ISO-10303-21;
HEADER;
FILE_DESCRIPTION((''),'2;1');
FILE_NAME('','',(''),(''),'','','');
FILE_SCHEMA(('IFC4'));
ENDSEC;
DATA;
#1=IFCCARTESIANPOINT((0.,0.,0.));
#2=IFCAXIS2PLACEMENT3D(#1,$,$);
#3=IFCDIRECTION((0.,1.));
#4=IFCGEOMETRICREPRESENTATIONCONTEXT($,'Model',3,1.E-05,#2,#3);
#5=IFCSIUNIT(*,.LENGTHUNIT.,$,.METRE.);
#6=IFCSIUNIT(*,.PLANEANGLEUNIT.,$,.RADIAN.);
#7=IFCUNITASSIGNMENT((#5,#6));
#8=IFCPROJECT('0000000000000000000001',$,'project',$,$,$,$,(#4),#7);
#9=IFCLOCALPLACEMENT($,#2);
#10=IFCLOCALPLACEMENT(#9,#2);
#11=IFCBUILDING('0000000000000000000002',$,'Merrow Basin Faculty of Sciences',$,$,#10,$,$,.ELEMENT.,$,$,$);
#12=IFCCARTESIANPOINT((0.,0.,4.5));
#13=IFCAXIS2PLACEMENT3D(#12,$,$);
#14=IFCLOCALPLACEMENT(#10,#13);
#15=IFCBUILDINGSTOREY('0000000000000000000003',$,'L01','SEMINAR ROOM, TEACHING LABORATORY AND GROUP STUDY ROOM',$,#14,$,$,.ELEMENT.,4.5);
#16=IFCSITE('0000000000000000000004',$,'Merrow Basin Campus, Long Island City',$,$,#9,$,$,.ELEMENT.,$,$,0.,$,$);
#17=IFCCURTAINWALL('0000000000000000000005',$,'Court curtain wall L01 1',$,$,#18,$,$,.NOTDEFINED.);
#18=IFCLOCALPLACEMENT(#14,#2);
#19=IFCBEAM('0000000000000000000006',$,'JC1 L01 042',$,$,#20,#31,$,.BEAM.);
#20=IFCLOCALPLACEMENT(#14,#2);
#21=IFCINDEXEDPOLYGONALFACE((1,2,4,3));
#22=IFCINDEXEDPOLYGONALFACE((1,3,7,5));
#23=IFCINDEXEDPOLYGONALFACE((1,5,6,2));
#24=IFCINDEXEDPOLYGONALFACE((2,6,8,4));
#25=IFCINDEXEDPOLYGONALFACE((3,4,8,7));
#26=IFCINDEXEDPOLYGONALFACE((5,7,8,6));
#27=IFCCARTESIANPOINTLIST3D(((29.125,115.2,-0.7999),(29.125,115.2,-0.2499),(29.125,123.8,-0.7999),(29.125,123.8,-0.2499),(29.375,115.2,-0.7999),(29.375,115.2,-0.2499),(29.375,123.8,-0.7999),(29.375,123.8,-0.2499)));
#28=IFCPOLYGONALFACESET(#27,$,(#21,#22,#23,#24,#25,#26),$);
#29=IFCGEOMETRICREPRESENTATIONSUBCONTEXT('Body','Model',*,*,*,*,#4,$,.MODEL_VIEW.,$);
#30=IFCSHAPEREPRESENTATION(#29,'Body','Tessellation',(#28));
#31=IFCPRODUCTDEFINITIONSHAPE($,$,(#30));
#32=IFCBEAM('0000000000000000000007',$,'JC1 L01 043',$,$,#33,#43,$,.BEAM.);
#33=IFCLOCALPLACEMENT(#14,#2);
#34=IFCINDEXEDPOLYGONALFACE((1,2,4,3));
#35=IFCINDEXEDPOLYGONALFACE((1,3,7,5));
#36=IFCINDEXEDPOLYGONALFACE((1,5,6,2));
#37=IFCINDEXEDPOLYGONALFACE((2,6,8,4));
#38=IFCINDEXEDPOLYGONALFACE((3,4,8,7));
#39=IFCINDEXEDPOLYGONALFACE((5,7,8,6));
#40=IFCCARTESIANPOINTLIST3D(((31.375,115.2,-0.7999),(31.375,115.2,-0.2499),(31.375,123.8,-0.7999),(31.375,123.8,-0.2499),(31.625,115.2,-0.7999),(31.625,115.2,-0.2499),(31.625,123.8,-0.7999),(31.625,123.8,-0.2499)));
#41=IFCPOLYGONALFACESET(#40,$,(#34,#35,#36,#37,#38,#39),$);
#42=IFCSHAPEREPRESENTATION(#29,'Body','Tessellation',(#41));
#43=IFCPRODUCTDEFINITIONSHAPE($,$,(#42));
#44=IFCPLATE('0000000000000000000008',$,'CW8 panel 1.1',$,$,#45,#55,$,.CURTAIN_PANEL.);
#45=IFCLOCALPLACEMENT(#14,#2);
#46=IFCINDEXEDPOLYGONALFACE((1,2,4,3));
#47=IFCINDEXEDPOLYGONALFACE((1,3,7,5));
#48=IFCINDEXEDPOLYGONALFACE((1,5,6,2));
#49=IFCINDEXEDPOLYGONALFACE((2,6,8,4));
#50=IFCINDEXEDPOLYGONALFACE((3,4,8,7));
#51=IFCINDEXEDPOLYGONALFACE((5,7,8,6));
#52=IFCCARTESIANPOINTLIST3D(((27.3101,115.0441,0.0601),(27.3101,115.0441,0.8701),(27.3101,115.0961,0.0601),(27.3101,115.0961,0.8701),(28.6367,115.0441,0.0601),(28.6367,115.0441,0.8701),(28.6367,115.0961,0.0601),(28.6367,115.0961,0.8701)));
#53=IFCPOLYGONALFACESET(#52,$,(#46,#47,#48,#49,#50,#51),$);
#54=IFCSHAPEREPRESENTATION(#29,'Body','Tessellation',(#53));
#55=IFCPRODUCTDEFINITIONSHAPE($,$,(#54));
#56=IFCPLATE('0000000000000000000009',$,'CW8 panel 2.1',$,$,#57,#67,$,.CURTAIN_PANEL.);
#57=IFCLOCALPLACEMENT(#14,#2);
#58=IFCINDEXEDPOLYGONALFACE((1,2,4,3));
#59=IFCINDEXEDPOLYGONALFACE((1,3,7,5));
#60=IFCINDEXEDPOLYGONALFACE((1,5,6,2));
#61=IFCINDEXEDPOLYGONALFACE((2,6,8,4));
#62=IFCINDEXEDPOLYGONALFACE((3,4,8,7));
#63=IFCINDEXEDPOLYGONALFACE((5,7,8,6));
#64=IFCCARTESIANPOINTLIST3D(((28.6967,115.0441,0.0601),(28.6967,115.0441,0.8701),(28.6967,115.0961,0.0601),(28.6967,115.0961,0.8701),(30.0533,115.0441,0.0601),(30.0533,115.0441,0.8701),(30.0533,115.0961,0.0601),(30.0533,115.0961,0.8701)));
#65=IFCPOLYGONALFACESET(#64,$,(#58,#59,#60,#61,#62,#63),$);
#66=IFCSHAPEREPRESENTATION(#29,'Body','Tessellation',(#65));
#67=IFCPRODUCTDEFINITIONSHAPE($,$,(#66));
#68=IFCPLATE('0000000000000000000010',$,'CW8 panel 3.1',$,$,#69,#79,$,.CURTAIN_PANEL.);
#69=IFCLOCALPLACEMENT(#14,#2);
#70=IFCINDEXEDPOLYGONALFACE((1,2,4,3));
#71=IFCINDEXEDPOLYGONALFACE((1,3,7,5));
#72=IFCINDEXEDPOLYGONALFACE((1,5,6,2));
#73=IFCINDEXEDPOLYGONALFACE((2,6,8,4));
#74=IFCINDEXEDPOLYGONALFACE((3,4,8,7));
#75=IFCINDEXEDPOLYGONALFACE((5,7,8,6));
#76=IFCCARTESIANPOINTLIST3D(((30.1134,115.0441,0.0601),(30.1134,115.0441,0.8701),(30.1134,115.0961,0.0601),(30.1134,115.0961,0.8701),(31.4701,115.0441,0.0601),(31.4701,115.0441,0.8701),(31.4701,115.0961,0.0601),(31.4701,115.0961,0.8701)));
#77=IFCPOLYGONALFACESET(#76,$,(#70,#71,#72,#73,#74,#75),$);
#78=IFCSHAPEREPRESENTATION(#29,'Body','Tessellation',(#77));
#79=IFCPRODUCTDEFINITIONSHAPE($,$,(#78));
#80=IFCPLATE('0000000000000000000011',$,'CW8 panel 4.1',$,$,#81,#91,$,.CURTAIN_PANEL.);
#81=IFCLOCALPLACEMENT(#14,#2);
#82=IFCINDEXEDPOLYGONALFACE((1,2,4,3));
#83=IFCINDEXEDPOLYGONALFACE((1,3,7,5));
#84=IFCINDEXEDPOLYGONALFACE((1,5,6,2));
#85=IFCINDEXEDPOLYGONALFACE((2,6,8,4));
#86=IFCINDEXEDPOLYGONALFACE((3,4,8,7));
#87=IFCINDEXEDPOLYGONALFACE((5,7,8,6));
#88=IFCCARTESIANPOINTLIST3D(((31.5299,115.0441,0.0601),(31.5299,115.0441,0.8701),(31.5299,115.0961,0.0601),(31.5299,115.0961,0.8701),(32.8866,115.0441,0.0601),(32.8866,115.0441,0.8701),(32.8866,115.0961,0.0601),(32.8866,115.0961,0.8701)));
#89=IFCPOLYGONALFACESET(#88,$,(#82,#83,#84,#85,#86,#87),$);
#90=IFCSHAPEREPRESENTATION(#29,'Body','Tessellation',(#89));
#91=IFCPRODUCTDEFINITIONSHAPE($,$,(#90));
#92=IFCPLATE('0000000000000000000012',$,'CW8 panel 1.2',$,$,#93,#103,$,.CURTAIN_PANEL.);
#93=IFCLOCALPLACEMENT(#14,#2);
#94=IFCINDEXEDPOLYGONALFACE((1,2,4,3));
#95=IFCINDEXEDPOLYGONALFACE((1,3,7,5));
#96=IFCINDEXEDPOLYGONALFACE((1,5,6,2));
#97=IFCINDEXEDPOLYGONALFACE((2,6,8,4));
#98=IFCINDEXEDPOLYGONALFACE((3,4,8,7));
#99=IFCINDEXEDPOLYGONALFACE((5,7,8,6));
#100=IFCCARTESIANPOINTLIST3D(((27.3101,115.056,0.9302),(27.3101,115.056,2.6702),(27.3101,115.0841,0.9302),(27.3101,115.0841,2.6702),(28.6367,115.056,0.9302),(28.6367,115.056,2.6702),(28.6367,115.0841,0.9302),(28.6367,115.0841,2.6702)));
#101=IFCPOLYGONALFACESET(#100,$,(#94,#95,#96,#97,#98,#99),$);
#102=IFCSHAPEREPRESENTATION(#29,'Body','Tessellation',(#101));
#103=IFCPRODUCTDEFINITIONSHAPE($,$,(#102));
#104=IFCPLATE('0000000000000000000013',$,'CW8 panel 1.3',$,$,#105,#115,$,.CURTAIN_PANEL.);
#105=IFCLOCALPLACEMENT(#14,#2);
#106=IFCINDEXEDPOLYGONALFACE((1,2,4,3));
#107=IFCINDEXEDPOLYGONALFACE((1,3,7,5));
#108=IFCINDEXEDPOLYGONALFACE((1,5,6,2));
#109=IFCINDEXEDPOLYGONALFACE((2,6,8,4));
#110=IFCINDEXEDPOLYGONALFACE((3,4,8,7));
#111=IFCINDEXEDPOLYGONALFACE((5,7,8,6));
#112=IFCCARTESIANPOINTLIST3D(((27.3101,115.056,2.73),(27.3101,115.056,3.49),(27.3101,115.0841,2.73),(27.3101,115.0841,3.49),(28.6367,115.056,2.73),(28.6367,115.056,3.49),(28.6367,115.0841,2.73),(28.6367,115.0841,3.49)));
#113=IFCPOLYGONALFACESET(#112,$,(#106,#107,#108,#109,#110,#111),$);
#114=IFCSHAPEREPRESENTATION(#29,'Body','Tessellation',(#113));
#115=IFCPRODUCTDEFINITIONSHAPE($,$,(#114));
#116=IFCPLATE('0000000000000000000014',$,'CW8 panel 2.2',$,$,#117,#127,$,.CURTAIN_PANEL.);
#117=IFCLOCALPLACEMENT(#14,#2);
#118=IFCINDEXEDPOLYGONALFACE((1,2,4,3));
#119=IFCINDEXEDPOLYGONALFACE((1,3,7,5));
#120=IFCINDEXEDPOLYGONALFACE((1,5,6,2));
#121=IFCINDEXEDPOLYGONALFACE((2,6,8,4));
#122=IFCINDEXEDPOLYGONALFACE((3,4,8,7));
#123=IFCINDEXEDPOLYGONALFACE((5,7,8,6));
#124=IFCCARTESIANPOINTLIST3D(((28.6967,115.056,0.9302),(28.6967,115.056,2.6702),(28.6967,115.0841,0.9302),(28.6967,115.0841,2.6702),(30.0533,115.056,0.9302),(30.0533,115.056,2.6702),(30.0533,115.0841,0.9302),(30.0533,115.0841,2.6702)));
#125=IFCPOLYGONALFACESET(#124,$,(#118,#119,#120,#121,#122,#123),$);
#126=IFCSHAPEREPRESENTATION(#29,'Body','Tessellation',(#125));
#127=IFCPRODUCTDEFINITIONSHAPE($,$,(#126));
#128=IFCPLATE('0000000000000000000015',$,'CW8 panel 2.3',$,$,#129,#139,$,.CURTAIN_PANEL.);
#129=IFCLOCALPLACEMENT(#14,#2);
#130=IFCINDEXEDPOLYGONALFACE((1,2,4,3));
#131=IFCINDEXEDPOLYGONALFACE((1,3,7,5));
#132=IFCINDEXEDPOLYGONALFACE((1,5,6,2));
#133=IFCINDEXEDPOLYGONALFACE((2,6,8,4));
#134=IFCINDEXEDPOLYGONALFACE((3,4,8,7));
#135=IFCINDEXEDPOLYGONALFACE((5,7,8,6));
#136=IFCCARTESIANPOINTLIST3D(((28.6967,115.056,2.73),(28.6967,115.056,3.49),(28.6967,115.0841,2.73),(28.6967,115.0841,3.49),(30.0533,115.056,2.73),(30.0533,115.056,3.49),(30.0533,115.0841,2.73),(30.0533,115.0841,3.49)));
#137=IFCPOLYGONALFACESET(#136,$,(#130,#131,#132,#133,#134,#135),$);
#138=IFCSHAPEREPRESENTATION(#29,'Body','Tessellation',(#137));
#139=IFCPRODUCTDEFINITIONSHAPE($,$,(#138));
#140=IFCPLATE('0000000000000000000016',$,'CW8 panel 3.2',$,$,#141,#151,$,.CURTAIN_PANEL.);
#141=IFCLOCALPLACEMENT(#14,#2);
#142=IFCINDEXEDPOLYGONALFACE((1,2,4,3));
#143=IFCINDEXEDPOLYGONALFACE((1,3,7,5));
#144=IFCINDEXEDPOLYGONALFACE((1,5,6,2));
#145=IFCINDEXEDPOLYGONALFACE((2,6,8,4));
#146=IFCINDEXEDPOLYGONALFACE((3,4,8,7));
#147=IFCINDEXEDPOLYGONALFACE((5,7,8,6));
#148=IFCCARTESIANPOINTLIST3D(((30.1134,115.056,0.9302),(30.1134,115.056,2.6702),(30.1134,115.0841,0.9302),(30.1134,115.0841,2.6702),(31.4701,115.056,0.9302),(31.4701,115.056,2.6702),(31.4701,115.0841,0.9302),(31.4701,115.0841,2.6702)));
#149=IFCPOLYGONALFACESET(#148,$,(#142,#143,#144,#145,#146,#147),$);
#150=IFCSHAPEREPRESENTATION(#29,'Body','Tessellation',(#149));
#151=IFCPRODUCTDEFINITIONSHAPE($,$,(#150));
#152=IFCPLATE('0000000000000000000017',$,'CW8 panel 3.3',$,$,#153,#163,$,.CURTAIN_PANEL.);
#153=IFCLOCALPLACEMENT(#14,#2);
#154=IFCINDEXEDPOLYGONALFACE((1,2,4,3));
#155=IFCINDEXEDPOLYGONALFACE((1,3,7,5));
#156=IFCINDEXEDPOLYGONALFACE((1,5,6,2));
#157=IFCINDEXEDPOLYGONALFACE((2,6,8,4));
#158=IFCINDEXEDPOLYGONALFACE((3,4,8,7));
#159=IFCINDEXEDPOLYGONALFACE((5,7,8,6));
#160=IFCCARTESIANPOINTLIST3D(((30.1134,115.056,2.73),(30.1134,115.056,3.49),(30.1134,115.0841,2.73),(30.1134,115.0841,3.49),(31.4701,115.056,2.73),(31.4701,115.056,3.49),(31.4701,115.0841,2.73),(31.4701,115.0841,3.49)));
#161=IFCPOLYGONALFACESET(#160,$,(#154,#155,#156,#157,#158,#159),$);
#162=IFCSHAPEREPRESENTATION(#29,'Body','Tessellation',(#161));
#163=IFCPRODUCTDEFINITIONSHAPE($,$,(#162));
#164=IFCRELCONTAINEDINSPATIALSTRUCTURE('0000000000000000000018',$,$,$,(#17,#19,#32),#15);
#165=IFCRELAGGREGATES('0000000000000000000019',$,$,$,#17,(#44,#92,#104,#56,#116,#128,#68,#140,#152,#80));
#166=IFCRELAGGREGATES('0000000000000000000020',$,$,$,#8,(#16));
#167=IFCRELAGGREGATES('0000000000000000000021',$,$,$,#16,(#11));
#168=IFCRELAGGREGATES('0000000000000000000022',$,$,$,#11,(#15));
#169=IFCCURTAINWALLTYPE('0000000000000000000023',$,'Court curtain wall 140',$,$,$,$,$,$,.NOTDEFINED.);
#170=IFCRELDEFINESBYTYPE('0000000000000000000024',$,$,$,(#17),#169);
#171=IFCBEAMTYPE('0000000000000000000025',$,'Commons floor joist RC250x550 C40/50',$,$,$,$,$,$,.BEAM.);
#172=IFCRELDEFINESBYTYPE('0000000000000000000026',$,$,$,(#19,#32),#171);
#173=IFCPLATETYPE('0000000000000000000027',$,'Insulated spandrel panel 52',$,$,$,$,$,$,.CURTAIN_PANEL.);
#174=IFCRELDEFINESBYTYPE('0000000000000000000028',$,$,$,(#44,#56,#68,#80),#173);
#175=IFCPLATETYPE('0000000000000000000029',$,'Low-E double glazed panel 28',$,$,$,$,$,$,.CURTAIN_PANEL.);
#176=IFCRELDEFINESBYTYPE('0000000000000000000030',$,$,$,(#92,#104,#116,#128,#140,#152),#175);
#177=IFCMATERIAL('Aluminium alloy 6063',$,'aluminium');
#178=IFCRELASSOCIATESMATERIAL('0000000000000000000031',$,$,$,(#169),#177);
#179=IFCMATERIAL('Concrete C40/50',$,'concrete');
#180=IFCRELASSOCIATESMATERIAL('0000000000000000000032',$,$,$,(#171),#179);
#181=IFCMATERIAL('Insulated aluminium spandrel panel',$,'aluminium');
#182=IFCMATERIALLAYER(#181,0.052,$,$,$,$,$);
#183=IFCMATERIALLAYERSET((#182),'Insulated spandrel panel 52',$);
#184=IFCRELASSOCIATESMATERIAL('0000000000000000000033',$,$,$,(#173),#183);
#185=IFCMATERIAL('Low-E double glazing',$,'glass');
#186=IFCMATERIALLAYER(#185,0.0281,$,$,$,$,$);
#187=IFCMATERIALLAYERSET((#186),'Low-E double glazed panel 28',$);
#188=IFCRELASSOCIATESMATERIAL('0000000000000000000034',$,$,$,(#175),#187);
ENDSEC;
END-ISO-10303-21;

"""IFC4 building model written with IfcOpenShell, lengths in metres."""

from ifc_helpers import new_model, si_unit, direction, frame, origin, origin_2d, place, context, subcontext, project, spatial, rectangle, extrude, material, layer, layer_set, material_profile, profile_set, type_object, element, aggregate, save


model = new_model("IFC4")

# Units and contexts
model_context = context("Model", 3, precision=1e-05, world=origin(), true_north=direction((0.0, 1.0)))
body_context = subcontext(model_context, "Body", "Model", "MODEL_VIEW")
ifc_project = project(units=[si_unit("LENGTHUNIT", "METRE"), si_unit("PLANEANGLEUNIT", "RADIAN")], contexts=[model_context])

# Site, building, storey
site_placement = place(None, origin())
site = spatial("IfcSite", under=ifc_project, at=site_placement, Name="Merrow Basin Campus, Long Island City", CompositionType="ELEMENT", RefElevation=0.0)
building_placement = place(site_placement, origin())
building = spatial("IfcBuilding", under=site, at=building_placement, Name="Merrow Basin Faculty of Sciences", CompositionType="ELEMENT")
storey_placement = place(building_placement, frame((0.0, 0.0, 4.5)))
storey = spatial("IfcBuildingStorey", under=building, at=storey_placement, Name="L01", Description="SEMINAR ROOM, TEACHING LABORATORY AND GROUP STUDY ROOM", CompositionType="ELEMENT", Elevation=4.5)

# Curtain wall
ifc_material_1 = material(Name="Aluminium alloy 6063", Category="aluminium")
curtain_wall_type = type_object("IfcCurtainWallType", Name="Court curtain wall 140", PredefinedType="NOTDEFINED", material=ifc_material_1)
curtain_wall_placement = place(storey_placement, origin())
curtain_wall = element("IfcCurtainWall", 1, at=curtain_wall_placement, inside=storey, type_object=curtain_wall_type, Name="Court curtain wall L01 1", PredefinedType="NOTDEFINED")

# Beams
ifc_material_2 = material(Name="Concrete C40/50", Category="concrete")
ifc_material_profile_1 = material_profile(ifc_material_2, rectangle(XDim=0.25, YDim=0.55, at=origin_2d()))
ifc_profile_set_1 = profile_set([ifc_material_profile_1], Name="Concrete C40/50")
beam_type = type_object("IfcBeamType", Name="Commons floor joist RC250x550 C40/50", PredefinedType="BEAM", material=ifc_profile_set_1)
for number, where, z_axis, x_axis, name in (
    (2, (29.25, 115.2, -0.5249), (0.0, 1.0, 0.0), (-1.0, 0.0, 0.0), "JC1 L01 042"),
    (3, (31.5, 115.2, -0.5249), (0.0, 1.0, 0.0), (-1.0, 0.0, 0.0), "JC1 L01 043"),
):
    element("IfcBeam", number, at=place(storey_placement, frame(where, z_axis=z_axis, x_axis=x_axis)), inside=storey, type_object=beam_type, Name=name, PredefinedType="BEAM", context=body_context, shape_type="SweptSolid", body=[
        extrude(rectangle(XDim=0.25, YDim=0.55, at=origin_2d()), origin(), (0.0, 0.0, 1.0), 8.6001),
    ])

# Plates
ifc_material_3 = material(Name="Insulated aluminium spandrel panel", Category="aluminium")
ifc_layer_1 = layer(ifc_material_3, 0.052)
ifc_layer_set_1 = layer_set([ifc_layer_1], Name="Insulated spandrel panel 52")
plate_type_1 = type_object("IfcPlateType", Name="Insulated spandrel panel 52", PredefinedType="CURTAIN_PANEL", material=ifc_layer_set_1)
plate_1_placement = place(storey_placement, frame((27.9734, 115.0701, 0.0601), z_axis=(0.0, 0.0, 1.0), x_axis=(1.0, 0.0, 0.0)))
plate_1 = element("IfcPlate", 4, at=plate_1_placement, type_object=plate_type_1, Name="CW8 panel 1.1", PredefinedType="CURTAIN_PANEL", context=body_context, shape_type="SweptSolid", body=[
    extrude(rectangle(XDim=1.3267, YDim=0.052, at=origin_2d()), origin(), (0.0, 0.0, 1.0), 0.8101),
])
plate_2_placement = place(storey_placement, frame((29.375, 115.0701, 0.0601), z_axis=(0.0, 0.0, 1.0), x_axis=(1.0, 0.0, 0.0)))
plate_2 = element("IfcPlate", 5, at=plate_2_placement, type_object=plate_type_1, Name="CW8 panel 2.1", PredefinedType="CURTAIN_PANEL", context=body_context, shape_type="SweptSolid", body=[
    extrude(rectangle(XDim=1.3567, YDim=0.052, at=origin_2d()), origin(), (0.0, 0.0, 1.0), 0.8101),
])
plate_3_placement = place(storey_placement, frame((30.7917, 115.0701, 0.0601), z_axis=(0.0, 0.0, 1.0), x_axis=(1.0, 0.0, 0.0)))
plate_3 = element("IfcPlate", 6, at=plate_3_placement, type_object=plate_type_1, Name="CW8 panel 3.1", PredefinedType="CURTAIN_PANEL", context=body_context, shape_type="SweptSolid", body=[
    extrude(rectangle(XDim=1.3567, YDim=0.052, at=origin_2d()), origin(), (0.0, 0.0, 1.0), 0.8101),
])
plate_4_placement = place(storey_placement, frame((32.2083, 115.0701, 0.0601), z_axis=(0.0, 0.0, 1.0), x_axis=(1.0, 0.0, 0.0)))
plate_4 = element("IfcPlate", 7, at=plate_4_placement, type_object=plate_type_1, Name="CW8 panel 4.1", PredefinedType="CURTAIN_PANEL", context=body_context, shape_type="SweptSolid", body=[
    extrude(rectangle(XDim=1.3567, YDim=0.052, at=origin_2d()), origin(), (0.0, 0.0, 1.0), 0.8101),
])
ifc_material_4 = material(Name="Low-E double glazing", Category="glass")
ifc_layer_2 = layer(ifc_material_4, 0.0281)
ifc_layer_set_2 = layer_set([ifc_layer_2], Name="Low-E double glazed panel 28")
plate_type_2 = type_object("IfcPlateType", Name="Low-E double glazed panel 28", PredefinedType="CURTAIN_PANEL", material=ifc_layer_set_2)
plate_5_placement = place(storey_placement, frame((27.9734, 115.0701, 0.9302), z_axis=(0.0, 0.0, 1.0), x_axis=(1.0, 0.0, 0.0)))
plate_5 = element("IfcPlate", 8, at=plate_5_placement, type_object=plate_type_2, Name="CW8 panel 1.2", PredefinedType="CURTAIN_PANEL", context=body_context, shape_type="SweptSolid", body=[
    extrude(rectangle(XDim=1.3267, YDim=0.0281, at=origin_2d()), origin(), (0.0, 0.0, 1.0), 1.74),
])
plate_6_placement = place(storey_placement, frame((27.9734, 115.0701, 2.73), z_axis=(0.0, 0.0, 1.0), x_axis=(1.0, 0.0, 0.0)))
plate_6 = element("IfcPlate", 9, at=plate_6_placement, type_object=plate_type_2, Name="CW8 panel 1.3", PredefinedType="CURTAIN_PANEL", context=body_context, shape_type="SweptSolid", body=[
    extrude(rectangle(XDim=1.3267, YDim=0.0281, at=origin_2d()), origin(), (0.0, 0.0, 1.0), 0.76),
])
plate_7_placement = place(storey_placement, frame((29.375, 115.0701, 0.9302), z_axis=(0.0, 0.0, 1.0), x_axis=(1.0, 0.0, 0.0)))
plate_7 = element("IfcPlate", 10, at=plate_7_placement, type_object=plate_type_2, Name="CW8 panel 2.2", PredefinedType="CURTAIN_PANEL", context=body_context, shape_type="SweptSolid", body=[
    extrude(rectangle(XDim=1.3567, YDim=0.0281, at=origin_2d()), origin(), (0.0, 0.0, 1.0), 1.74),
])
plate_8_placement = place(storey_placement, frame((29.375, 115.0701, 2.73), z_axis=(0.0, 0.0, 1.0), x_axis=(1.0, 0.0, 0.0)))
plate_8 = element("IfcPlate", 11, at=plate_8_placement, type_object=plate_type_2, Name="CW8 panel 2.3", PredefinedType="CURTAIN_PANEL", context=body_context, shape_type="SweptSolid", body=[
    extrude(rectangle(XDim=1.3567, YDim=0.0281, at=origin_2d()), origin(), (0.0, 0.0, 1.0), 0.76),
])
plate_9_placement = place(storey_placement, frame((30.7917, 115.0701, 0.9302), z_axis=(0.0, 0.0, 1.0), x_axis=(1.0, 0.0, 0.0)))
plate_9 = element("IfcPlate", 12, at=plate_9_placement, type_object=plate_type_2, Name="CW8 panel 3.2", PredefinedType="CURTAIN_PANEL", context=body_context, shape_type="SweptSolid", body=[
    extrude(rectangle(XDim=1.3567, YDim=0.0281, at=origin_2d()), origin(), (0.0, 0.0, 1.0), 1.74),
])
plate_10_placement = place(storey_placement, frame((30.7917, 115.0701, 2.73), z_axis=(0.0, 0.0, 1.0), x_axis=(1.0, 0.0, 0.0)))
plate_10 = element("IfcPlate", 13, at=plate_10_placement, type_object=plate_type_2, Name="CW8 panel 3.3", PredefinedType="CURTAIN_PANEL", context=body_context, shape_type="SweptSolid", body=[
    extrude(rectangle(XDim=1.3567, YDim=0.0281, at=origin_2d()), origin(), (0.0, 0.0, 1.0), 0.76),
])
aggregate(curtain_wall, [plate_1, plate_5, plate_6, plate_2, plate_7, plate_8, plate_3, plate_9, plate_10, plate_4])

save(model, "model.ifc")
